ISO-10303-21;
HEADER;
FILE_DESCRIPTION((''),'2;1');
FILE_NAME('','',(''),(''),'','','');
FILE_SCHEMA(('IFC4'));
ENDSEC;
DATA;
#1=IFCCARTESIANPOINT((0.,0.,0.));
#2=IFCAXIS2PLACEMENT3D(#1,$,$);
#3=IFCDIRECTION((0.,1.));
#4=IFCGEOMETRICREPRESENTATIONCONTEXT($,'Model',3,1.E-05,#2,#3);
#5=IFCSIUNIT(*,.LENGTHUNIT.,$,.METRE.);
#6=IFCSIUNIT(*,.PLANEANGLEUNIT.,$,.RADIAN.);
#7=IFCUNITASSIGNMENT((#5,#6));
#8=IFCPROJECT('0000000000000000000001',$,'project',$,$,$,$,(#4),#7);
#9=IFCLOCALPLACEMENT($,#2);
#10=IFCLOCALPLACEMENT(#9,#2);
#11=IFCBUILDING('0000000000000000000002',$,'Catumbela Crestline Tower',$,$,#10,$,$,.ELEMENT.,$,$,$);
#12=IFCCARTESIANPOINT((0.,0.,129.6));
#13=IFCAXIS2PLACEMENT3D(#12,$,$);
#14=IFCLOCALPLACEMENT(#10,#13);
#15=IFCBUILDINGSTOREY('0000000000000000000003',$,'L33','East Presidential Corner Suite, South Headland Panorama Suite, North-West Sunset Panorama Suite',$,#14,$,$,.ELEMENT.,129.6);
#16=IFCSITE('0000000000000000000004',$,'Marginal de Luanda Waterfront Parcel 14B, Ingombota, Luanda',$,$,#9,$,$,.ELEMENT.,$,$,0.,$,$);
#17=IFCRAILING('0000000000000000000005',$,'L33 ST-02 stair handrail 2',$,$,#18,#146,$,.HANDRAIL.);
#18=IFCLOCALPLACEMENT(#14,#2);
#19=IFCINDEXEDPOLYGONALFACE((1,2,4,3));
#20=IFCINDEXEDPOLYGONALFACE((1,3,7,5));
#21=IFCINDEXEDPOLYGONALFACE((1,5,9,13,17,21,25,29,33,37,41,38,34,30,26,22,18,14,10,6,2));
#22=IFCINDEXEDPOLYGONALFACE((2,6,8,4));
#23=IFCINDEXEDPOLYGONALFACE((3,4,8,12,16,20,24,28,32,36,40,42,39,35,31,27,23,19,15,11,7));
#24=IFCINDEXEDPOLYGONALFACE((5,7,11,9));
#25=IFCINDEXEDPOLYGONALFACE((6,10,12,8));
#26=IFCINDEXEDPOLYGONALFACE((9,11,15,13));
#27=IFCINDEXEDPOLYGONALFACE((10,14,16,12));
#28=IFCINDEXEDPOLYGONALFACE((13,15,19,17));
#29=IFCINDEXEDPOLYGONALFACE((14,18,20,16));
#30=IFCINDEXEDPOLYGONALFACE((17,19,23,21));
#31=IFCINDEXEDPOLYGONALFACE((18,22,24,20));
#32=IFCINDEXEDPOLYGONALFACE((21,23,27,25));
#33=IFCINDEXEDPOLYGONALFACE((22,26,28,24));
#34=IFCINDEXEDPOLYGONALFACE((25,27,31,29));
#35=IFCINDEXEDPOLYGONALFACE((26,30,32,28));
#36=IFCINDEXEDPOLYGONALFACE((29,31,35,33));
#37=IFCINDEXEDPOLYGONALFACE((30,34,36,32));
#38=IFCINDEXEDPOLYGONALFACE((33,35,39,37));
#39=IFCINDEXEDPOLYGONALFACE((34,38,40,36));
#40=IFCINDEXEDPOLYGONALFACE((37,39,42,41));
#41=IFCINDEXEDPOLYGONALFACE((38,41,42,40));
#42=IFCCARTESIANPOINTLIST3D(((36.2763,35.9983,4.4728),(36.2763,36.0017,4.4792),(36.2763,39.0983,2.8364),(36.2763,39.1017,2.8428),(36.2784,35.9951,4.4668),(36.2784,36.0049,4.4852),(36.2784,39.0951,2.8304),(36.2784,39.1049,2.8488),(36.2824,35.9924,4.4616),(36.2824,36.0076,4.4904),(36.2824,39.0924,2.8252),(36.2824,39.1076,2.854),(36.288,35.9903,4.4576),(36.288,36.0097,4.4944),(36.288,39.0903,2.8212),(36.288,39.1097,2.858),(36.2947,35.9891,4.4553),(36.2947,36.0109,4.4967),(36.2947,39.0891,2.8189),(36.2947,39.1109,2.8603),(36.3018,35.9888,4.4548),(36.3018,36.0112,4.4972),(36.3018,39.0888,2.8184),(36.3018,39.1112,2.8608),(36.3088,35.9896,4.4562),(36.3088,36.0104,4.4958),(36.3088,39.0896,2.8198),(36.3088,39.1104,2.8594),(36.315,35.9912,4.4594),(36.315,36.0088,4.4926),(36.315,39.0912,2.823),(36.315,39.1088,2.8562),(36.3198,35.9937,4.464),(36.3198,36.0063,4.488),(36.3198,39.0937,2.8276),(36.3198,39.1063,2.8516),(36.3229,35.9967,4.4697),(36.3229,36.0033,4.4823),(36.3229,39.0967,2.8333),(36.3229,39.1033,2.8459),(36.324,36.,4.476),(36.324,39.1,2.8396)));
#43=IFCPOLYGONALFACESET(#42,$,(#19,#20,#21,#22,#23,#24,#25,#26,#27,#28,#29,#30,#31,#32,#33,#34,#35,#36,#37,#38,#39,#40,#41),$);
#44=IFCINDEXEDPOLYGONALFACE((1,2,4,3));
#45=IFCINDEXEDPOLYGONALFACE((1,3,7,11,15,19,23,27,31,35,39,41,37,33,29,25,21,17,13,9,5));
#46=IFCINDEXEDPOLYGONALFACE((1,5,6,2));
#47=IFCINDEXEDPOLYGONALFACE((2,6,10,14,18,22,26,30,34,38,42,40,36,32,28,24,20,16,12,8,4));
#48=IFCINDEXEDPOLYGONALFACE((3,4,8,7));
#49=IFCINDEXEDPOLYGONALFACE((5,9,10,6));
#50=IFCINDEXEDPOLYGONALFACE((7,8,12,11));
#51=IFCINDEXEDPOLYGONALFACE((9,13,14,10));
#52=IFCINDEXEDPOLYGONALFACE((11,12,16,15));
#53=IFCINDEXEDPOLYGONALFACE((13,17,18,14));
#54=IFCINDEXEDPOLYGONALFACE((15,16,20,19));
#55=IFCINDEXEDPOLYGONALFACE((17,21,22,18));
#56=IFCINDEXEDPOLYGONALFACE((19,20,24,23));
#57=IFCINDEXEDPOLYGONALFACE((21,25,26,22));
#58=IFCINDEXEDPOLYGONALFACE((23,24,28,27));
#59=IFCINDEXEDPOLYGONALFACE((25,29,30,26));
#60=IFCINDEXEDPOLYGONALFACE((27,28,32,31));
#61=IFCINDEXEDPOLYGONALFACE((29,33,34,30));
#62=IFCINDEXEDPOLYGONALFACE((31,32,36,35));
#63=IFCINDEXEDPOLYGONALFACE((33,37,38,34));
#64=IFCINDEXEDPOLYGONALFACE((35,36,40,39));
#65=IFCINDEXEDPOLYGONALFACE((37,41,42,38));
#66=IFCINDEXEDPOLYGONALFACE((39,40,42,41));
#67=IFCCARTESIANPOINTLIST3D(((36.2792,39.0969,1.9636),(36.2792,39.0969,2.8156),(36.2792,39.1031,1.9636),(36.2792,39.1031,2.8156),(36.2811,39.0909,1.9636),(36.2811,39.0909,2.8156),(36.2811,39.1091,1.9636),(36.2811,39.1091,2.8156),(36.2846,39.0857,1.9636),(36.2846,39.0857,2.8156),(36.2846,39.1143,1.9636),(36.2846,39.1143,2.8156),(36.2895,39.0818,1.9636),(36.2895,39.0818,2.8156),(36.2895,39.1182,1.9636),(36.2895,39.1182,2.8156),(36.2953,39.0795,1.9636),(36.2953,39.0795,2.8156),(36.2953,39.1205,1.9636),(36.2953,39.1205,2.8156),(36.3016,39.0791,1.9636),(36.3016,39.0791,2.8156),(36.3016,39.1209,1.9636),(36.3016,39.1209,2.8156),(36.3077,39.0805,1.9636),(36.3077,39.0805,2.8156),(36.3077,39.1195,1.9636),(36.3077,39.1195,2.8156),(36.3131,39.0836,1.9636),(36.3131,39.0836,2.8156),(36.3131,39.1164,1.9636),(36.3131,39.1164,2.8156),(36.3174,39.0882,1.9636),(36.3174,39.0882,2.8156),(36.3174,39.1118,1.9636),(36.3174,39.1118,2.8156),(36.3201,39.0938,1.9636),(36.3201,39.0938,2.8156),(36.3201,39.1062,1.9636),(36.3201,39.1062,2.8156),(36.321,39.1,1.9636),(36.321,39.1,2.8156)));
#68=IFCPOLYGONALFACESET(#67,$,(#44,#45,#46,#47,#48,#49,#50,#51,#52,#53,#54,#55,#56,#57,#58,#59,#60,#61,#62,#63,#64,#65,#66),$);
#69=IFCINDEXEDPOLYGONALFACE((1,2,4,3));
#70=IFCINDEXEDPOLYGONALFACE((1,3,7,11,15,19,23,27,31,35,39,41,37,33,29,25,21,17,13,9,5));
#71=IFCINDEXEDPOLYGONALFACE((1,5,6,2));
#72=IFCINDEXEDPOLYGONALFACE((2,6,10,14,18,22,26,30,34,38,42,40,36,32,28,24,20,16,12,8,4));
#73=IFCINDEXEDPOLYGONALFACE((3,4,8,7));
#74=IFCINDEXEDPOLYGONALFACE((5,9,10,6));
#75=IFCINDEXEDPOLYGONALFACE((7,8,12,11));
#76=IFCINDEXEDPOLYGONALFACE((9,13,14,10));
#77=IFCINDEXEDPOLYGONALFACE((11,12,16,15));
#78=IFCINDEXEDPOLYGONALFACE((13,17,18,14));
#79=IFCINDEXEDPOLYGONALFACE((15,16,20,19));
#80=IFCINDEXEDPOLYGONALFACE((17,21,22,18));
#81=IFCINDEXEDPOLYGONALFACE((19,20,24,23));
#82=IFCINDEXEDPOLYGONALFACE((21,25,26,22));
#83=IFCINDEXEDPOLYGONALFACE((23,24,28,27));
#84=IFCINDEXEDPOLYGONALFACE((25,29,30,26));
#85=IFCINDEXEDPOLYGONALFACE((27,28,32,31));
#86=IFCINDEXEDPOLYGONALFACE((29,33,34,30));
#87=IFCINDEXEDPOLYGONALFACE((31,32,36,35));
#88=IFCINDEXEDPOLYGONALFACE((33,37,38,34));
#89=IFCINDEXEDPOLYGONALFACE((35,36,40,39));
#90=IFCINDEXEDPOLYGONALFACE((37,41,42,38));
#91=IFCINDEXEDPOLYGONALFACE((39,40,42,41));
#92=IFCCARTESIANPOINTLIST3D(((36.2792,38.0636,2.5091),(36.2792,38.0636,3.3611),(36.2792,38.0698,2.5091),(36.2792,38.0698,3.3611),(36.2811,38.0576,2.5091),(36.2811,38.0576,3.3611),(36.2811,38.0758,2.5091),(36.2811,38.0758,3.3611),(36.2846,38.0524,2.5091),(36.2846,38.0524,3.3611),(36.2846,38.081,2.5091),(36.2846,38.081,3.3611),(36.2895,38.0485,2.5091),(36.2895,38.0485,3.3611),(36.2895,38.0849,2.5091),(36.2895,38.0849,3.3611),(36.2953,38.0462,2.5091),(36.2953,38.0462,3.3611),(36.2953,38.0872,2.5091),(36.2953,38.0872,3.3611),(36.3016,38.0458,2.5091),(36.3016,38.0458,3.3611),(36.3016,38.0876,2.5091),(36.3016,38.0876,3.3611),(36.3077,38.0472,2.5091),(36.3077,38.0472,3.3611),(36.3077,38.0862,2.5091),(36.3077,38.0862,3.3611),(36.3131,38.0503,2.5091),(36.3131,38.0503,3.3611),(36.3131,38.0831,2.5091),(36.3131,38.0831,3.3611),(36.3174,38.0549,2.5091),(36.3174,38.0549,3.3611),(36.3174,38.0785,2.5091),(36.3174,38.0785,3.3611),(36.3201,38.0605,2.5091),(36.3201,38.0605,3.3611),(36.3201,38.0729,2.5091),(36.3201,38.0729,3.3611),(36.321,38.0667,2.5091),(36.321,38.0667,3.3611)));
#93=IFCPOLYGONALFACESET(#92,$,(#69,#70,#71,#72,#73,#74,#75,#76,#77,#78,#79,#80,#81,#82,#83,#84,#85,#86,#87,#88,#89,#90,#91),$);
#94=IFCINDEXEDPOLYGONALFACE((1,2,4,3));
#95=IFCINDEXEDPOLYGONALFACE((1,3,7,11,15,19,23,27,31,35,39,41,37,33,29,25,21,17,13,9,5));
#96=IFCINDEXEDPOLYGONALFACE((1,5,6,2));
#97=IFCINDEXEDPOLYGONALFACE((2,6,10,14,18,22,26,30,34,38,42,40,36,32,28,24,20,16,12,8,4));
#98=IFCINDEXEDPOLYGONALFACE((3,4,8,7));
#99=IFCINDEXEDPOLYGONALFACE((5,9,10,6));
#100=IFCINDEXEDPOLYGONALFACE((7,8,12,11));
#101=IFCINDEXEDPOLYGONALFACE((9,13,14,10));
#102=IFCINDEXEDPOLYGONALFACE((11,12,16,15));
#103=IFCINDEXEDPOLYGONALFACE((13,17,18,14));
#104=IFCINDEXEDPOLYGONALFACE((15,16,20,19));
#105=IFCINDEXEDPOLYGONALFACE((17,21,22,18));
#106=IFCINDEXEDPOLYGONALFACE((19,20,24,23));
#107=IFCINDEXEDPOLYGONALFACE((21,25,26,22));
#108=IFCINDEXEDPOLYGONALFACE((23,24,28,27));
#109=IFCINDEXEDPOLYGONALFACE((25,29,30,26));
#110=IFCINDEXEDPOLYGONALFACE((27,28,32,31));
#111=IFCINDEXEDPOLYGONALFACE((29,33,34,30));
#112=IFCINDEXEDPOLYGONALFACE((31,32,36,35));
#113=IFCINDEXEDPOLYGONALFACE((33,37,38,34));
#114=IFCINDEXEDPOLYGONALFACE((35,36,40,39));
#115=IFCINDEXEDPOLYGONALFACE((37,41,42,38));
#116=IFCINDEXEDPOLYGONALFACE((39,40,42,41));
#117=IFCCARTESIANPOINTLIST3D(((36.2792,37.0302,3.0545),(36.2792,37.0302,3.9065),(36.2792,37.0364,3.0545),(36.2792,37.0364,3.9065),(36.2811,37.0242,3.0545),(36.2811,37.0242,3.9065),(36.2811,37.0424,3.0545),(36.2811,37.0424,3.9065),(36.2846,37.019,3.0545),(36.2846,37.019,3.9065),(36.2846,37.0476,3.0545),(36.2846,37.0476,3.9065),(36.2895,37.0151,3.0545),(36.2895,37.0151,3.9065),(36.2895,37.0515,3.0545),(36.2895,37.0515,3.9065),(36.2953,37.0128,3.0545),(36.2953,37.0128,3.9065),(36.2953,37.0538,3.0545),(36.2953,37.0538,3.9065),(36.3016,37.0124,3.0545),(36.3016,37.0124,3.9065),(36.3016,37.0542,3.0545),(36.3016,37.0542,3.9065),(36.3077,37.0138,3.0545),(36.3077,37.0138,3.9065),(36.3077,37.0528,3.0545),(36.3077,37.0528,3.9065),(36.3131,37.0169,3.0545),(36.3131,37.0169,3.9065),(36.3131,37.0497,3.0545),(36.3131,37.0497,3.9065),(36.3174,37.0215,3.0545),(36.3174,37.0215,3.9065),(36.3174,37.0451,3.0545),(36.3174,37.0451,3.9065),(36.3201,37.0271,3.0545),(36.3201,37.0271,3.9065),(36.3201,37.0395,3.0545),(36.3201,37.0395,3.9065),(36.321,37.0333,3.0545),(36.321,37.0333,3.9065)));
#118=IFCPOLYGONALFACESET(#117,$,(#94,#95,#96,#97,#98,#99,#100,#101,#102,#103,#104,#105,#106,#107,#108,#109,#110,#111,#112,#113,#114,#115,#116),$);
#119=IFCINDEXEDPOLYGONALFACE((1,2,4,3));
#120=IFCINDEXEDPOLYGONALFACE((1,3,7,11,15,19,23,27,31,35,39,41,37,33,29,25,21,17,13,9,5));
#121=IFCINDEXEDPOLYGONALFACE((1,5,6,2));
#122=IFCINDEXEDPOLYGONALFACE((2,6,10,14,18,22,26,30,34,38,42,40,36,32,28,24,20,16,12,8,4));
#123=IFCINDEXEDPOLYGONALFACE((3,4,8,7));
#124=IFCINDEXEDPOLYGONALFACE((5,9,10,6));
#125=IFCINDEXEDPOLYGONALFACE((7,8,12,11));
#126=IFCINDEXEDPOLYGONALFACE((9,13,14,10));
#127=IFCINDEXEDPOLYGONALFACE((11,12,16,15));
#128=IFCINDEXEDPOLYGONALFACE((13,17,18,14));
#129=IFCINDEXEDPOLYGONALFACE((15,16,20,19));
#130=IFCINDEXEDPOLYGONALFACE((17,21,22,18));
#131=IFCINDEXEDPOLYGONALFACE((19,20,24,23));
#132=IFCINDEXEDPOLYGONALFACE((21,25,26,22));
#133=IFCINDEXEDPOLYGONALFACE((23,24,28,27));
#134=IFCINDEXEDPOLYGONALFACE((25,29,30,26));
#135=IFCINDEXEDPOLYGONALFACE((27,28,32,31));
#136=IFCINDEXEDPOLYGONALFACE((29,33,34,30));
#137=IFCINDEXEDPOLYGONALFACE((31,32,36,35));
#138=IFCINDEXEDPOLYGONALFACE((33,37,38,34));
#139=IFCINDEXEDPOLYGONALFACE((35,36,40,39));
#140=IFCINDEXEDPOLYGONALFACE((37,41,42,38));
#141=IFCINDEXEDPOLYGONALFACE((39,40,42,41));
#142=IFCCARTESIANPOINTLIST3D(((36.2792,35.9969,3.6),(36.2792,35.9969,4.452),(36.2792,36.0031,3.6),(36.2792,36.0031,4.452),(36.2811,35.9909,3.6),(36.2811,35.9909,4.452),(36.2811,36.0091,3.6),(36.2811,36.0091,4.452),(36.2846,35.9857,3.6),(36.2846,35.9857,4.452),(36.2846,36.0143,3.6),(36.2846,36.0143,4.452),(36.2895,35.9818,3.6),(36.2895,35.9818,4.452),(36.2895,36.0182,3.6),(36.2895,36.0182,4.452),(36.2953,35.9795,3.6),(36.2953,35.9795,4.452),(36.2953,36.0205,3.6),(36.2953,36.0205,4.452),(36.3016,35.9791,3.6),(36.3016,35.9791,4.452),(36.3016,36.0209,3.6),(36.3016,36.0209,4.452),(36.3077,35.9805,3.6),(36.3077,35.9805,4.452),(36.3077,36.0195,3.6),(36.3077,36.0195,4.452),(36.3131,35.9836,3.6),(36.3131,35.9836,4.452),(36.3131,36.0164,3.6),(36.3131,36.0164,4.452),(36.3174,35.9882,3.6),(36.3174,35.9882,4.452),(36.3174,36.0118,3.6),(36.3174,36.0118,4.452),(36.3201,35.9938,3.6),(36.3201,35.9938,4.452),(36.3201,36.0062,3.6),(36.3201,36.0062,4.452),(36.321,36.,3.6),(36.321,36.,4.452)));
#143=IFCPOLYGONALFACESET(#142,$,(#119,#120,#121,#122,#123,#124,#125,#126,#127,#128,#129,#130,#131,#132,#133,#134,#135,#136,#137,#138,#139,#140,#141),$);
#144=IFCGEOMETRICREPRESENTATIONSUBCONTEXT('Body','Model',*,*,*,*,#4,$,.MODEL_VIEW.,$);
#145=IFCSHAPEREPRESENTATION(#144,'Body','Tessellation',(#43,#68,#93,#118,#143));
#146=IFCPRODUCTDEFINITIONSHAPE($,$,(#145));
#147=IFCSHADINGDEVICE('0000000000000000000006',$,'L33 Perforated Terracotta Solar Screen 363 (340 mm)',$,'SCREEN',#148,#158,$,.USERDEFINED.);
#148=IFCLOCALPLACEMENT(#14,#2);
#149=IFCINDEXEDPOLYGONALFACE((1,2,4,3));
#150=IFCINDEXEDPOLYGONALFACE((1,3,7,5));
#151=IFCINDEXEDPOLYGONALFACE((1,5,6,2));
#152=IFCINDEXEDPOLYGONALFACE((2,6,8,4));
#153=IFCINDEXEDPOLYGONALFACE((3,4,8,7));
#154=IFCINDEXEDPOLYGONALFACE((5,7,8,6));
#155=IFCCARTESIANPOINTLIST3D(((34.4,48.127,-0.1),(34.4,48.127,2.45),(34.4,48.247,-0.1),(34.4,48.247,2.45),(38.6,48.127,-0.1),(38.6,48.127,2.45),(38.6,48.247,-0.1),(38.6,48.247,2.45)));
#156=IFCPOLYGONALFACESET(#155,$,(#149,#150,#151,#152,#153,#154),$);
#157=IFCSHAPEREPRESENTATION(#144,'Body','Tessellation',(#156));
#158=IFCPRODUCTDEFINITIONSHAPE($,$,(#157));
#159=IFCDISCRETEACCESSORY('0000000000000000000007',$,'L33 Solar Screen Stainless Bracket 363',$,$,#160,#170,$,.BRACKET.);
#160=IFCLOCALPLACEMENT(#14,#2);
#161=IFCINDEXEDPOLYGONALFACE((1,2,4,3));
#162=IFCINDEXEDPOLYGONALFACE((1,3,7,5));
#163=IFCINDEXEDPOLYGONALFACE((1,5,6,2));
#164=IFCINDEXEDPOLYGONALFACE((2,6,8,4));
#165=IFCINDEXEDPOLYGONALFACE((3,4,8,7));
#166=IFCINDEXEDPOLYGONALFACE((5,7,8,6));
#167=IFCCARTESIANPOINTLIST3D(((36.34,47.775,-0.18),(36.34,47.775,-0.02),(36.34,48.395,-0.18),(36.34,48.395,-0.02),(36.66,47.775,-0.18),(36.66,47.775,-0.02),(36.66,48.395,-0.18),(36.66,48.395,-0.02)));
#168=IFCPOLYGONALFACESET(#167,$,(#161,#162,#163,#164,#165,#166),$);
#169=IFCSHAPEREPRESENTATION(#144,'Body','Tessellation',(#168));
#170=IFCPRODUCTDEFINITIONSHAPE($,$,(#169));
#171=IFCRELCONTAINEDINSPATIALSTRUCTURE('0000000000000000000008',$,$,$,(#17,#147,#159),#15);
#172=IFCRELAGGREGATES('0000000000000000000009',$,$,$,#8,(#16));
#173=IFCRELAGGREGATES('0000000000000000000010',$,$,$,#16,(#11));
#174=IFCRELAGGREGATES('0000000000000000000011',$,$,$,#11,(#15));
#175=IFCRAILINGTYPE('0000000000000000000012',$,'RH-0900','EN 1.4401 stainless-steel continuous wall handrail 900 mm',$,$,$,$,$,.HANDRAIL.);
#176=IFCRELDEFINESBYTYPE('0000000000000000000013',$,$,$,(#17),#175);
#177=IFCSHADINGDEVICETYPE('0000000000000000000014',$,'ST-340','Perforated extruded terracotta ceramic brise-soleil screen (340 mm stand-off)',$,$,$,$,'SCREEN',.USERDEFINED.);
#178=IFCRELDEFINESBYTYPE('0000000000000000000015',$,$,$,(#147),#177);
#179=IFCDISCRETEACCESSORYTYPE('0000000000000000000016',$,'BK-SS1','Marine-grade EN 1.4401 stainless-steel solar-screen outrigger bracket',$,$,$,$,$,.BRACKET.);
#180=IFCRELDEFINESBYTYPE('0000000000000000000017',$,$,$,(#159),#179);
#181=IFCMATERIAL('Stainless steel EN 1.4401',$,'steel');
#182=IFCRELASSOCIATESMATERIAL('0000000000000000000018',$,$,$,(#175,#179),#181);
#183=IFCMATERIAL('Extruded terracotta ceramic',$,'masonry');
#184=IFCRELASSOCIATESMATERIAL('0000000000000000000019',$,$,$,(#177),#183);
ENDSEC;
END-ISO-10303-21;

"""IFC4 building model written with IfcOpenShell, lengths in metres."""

from ifc_helpers import new_model, si_unit, direction, frame, origin, origin_2d, place, context, subcontext, project, spatial, rectangle, circle, extrude, material, type_object, element, save


model = new_model("IFC4")

# Units and contexts
model_context = context("Model", 3, precision=1e-05, world=origin(), true_north=direction((0.0, 1.0)))
body_context = subcontext(model_context, "Body", "Model", "MODEL_VIEW")
ifc_project = project(units=[si_unit("LENGTHUNIT", "METRE"), si_unit("PLANEANGLEUNIT", "RADIAN")], contexts=[model_context])

# Site, building, storey
site_placement = place(None, origin())
site = spatial("IfcSite", under=ifc_project, at=site_placement, Name="Marginal de Luanda Waterfront Parcel 14B, Ingombota, Luanda", CompositionType="ELEMENT", RefElevation=0.0)
building_placement = place(site_placement, origin())
building = spatial("IfcBuilding", under=site, at=building_placement, Name="Catumbela Crestline Tower", CompositionType="ELEMENT")
storey_placement = place(building_placement, frame((0.0, 0.0, 129.6)))
storey = spatial("IfcBuildingStorey", under=building, at=storey_placement, Name="L33", Description="East Presidential Corner Suite, South Headland Panorama Suite, North-West Sunset Panorama Suite", CompositionType="ELEMENT", Elevation=129.6)

# Shared definitions
ifc_material_1 = material(Name="Stainless steel EN 1.4401", Category="steel")

# Railing
railing_type_1 = type_object("IfcRailingType", Name="RH-0900", Description="EN 1.4401 stainless-steel continuous wall handrail 900 mm", PredefinedType="HANDRAIL", material=ifc_material_1)
railing_1_placement = place(storey_placement, frame((36.3, 39.1, 1.9636)))
element("IfcRailing", 1, at=railing_1_placement, inside=storey, type_object=railing_type_1, Name="L33 ST-02 stair handrail 2", PredefinedType="HANDRAIL", context=body_context, shape_type="SweptSolid", body=[
    extrude(circle(Radius=0.024, at=origin_2d()), frame((0.0, 0.0, 0.876), z_axis=(0.0, -0.884351, 0.466823), x_axis=(1.0, 0.0, 0.0)), (0.0, 0.0, 1.0), 3.5054),
    extrude(circle(Radius=0.021, at=origin_2d()), origin(), (0.0, 0.0, 1.0), 0.852),
    extrude(circle(Radius=0.021, at=origin_2d()), frame((0.0, -1.0333, 0.5455)), (0.0, 0.0, 1.0), 0.852),
    extrude(circle(Radius=0.021, at=origin_2d()), frame((0.0, -2.0667, 1.0909)), (0.0, 0.0, 1.0), 0.852),
    extrude(circle(Radius=0.021, at=origin_2d()), frame((0.0, -3.1, 1.6364)), (0.0, 0.0, 1.0), 0.852),
])

# Shading device
ifc_material_2 = material(Name="Extruded terracotta ceramic", Category="masonry")
shading_device_type = type_object("IfcShadingDeviceType", Name="ST-340", Description="Perforated extruded terracotta ceramic brise-soleil screen (340 mm stand-off)", ElementType="SCREEN", PredefinedType="USERDEFINED", material=ifc_material_2)
shading_device_placement = place(storey_placement, frame((36.5, 48.187, -0.1), z_axis=(0.0, 0.0, 1.0), x_axis=(-1.0, 0.0, 0.0)))
element("IfcShadingDevice", 2, at=shading_device_placement, inside=storey, type_object=shading_device_type, Name="L33 Perforated Terracotta Solar Screen 363 (340 mm)", ObjectType="SCREEN", PredefinedType="USERDEFINED", context=body_context, shape_type="SweptSolid", body=[
    extrude(rectangle(XDim=4.2, YDim=0.12, at=origin_2d()), origin(), (0.0, 0.0, 1.0), 2.55),
])

# Discrete accessory
discrete_accessory_type = type_object("IfcDiscreteAccessoryType", Name="BK-SS1", Description="Marine-grade EN 1.4401 stainless-steel solar-screen outrigger bracket", PredefinedType="BRACKET", material=ifc_material_1)
discrete_accessory_placement = place(storey_placement, frame((36.5, 48.085, -0.18), z_axis=(0.0, 0.0, 1.0), x_axis=(-1.0, 0.0, 0.0)))
element("IfcDiscreteAccessory", 3, at=discrete_accessory_placement, inside=storey, type_object=discrete_accessory_type, Name="L33 Solar Screen Stainless Bracket 363", PredefinedType="BRACKET", context=body_context, shape_type="SweptSolid", body=[
    extrude(rectangle(XDim=0.32, YDim=0.62, at=origin_2d()), origin(), (0.0, 0.0, 1.0), 0.16),
])

save(model, "model.ifc")
